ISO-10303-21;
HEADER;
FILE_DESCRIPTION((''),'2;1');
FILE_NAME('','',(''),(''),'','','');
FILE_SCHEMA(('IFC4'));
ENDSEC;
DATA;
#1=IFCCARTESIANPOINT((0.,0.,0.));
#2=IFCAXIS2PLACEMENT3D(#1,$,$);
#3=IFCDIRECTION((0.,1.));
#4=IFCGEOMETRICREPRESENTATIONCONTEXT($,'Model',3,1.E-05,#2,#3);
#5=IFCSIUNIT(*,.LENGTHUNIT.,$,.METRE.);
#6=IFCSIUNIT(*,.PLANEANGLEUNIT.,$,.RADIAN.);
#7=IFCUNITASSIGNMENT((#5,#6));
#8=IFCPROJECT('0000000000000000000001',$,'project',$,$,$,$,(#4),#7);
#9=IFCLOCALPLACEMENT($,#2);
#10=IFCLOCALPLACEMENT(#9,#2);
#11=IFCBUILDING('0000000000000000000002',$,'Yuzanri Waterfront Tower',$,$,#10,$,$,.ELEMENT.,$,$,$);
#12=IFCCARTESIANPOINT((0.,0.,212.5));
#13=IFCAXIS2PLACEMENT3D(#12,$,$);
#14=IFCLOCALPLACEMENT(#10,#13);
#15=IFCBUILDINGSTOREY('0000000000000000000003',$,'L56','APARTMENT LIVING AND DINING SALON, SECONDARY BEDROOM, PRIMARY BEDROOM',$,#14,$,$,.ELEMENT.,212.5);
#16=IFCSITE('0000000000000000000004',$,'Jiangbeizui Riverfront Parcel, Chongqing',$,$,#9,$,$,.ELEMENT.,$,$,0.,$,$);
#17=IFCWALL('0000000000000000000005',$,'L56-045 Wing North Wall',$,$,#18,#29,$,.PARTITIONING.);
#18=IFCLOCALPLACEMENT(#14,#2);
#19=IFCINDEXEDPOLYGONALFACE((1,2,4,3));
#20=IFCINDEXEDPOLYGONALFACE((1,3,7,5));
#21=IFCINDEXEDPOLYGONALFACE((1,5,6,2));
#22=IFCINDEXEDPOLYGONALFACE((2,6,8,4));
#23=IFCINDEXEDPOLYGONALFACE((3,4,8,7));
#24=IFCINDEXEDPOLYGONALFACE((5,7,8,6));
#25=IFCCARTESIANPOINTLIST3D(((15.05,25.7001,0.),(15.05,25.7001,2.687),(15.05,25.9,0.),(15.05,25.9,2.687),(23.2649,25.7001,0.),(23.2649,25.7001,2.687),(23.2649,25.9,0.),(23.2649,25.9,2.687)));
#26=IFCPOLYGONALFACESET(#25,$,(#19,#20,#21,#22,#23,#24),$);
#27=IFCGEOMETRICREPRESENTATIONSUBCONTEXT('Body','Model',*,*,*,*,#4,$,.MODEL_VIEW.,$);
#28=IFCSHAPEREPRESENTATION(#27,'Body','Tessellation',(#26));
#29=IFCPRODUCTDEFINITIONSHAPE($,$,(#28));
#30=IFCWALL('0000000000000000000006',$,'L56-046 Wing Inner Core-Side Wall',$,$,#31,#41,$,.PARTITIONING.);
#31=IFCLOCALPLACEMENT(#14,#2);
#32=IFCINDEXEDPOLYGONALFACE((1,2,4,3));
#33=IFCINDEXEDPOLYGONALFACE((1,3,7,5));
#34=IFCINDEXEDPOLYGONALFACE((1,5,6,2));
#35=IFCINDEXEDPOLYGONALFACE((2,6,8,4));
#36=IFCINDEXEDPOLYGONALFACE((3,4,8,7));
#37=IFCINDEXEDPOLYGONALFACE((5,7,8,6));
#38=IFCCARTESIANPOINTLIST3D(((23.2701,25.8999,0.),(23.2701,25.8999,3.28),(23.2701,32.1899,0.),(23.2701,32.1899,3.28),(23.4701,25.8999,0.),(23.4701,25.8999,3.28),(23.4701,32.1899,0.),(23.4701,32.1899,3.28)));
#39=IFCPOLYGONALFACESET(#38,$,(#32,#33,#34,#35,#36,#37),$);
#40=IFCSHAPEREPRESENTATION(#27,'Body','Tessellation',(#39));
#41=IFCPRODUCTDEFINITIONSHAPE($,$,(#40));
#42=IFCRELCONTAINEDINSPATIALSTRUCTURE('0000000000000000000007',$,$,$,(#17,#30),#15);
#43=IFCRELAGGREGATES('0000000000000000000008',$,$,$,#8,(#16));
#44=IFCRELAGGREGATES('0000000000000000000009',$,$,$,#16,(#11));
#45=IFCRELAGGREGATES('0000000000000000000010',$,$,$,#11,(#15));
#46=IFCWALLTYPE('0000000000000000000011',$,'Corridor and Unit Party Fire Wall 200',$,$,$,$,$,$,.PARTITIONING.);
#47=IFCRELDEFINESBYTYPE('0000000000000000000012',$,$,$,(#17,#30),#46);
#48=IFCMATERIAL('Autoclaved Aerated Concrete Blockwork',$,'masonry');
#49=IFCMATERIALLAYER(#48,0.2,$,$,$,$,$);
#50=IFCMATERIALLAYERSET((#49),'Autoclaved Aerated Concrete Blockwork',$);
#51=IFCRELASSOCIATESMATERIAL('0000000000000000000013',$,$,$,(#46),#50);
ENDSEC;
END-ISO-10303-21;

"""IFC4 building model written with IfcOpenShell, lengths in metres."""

from ifc_helpers import new_model, si_unit, direction, frame, frame_2d, origin, place, context, subcontext, project, spatial, rectangle, extrude, source, transform, mapped, material, layer, layer_set, type_object, element, save


model = new_model("IFC4")

# Units and contexts
model_context = context("Model", 3, precision=1e-05, world=origin(), true_north=direction((0.0, 1.0)))
body_context = subcontext(model_context, "Body", "Model", "MODEL_VIEW")
ifc_project = project(units=[si_unit("LENGTHUNIT", "METRE"), si_unit("PLANEANGLEUNIT", "RADIAN")], contexts=[model_context])

# Site, building, storey
site_placement = place(None, origin())
site = spatial("IfcSite", under=ifc_project, at=site_placement, Name="Jiangbeizui Riverfront Parcel, Chongqing", CompositionType="ELEMENT", RefElevation=0.0)
building_placement = place(site_placement, origin())
building = spatial("IfcBuilding", under=site, at=building_placement, Name="Yuzanri Waterfront Tower", CompositionType="ELEMENT")
storey_placement = place(building_placement, frame((0.0, 0.0, 212.5)))
storey = spatial("IfcBuildingStorey", under=building, at=storey_placement, Name="L56", Description="APARTMENT LIVING AND DINING SALON, SECONDARY BEDROOM, PRIMARY BEDROOM", CompositionType="ELEMENT", Elevation=212.5)

# Shared definitions
ifc_material_1 = material(Name="Autoclaved Aerated Concrete Blockwork", Category="masonry")
ifc_layer_1 = layer(ifc_material_1, 0.2)
ifc_layer_set_1 = layer_set([ifc_layer_1], Name="Autoclaved Aerated Concrete Blockwork")
wall_type_1 = type_object("IfcWallType", Name="Corridor and Unit Party Fire Wall 200", PredefinedType="PARTITIONING", material=ifc_layer_set_1)

# Walls
shared_shape_1 = source(origin(), body_context, "Body", "SweptSolid", [
    extrude(rectangle(XDim=8.2148, YDim=0.2, at=frame_2d((4.1074, 0.0))), origin(), (0.0, 0.0, 1.0), 2.687),
])
wall_1_placement = place(storey_placement, frame((15.05, 25.8, 0.0), z_axis=(0.0, 0.0, 1.0), x_axis=(1.0, 0.0, 0.0)))
element("IfcWall", 1, at=wall_1_placement, inside=storey, type_object=wall_type_1, Name="L56-045 Wing North Wall", PredefinedType="PARTITIONING", context=body_context, shape_type="MappedRepresentation", body=[
    mapped(shared_shape_1, transform((0.0, 0.0, 0.0), scale=1.0)),
])
shared_shape_2 = source(origin(), body_context, "Body", "SweptSolid", [
    extrude(rectangle(XDim=6.29, YDim=0.2, at=frame_2d((3.145, 0.0))), origin(), (0.0, 0.0, 1.0), 3.28),
])
wall_2_placement = place(storey_placement, frame((23.3701, 25.8999, 0.0), z_axis=(0.0, 0.0, 1.0), x_axis=(0.0, 1.0, 0.0)))
element("IfcWall", 2, at=wall_2_placement, inside=storey, type_object=wall_type_1, Name="L56-046 Wing Inner Core-Side Wall", PredefinedType="PARTITIONING", context=body_context, shape_type="MappedRepresentation", body=[
    mapped(shared_shape_2, transform((0.0, 0.0, 0.0), scale=1.0)),
])

save(model, "model.ifc")
